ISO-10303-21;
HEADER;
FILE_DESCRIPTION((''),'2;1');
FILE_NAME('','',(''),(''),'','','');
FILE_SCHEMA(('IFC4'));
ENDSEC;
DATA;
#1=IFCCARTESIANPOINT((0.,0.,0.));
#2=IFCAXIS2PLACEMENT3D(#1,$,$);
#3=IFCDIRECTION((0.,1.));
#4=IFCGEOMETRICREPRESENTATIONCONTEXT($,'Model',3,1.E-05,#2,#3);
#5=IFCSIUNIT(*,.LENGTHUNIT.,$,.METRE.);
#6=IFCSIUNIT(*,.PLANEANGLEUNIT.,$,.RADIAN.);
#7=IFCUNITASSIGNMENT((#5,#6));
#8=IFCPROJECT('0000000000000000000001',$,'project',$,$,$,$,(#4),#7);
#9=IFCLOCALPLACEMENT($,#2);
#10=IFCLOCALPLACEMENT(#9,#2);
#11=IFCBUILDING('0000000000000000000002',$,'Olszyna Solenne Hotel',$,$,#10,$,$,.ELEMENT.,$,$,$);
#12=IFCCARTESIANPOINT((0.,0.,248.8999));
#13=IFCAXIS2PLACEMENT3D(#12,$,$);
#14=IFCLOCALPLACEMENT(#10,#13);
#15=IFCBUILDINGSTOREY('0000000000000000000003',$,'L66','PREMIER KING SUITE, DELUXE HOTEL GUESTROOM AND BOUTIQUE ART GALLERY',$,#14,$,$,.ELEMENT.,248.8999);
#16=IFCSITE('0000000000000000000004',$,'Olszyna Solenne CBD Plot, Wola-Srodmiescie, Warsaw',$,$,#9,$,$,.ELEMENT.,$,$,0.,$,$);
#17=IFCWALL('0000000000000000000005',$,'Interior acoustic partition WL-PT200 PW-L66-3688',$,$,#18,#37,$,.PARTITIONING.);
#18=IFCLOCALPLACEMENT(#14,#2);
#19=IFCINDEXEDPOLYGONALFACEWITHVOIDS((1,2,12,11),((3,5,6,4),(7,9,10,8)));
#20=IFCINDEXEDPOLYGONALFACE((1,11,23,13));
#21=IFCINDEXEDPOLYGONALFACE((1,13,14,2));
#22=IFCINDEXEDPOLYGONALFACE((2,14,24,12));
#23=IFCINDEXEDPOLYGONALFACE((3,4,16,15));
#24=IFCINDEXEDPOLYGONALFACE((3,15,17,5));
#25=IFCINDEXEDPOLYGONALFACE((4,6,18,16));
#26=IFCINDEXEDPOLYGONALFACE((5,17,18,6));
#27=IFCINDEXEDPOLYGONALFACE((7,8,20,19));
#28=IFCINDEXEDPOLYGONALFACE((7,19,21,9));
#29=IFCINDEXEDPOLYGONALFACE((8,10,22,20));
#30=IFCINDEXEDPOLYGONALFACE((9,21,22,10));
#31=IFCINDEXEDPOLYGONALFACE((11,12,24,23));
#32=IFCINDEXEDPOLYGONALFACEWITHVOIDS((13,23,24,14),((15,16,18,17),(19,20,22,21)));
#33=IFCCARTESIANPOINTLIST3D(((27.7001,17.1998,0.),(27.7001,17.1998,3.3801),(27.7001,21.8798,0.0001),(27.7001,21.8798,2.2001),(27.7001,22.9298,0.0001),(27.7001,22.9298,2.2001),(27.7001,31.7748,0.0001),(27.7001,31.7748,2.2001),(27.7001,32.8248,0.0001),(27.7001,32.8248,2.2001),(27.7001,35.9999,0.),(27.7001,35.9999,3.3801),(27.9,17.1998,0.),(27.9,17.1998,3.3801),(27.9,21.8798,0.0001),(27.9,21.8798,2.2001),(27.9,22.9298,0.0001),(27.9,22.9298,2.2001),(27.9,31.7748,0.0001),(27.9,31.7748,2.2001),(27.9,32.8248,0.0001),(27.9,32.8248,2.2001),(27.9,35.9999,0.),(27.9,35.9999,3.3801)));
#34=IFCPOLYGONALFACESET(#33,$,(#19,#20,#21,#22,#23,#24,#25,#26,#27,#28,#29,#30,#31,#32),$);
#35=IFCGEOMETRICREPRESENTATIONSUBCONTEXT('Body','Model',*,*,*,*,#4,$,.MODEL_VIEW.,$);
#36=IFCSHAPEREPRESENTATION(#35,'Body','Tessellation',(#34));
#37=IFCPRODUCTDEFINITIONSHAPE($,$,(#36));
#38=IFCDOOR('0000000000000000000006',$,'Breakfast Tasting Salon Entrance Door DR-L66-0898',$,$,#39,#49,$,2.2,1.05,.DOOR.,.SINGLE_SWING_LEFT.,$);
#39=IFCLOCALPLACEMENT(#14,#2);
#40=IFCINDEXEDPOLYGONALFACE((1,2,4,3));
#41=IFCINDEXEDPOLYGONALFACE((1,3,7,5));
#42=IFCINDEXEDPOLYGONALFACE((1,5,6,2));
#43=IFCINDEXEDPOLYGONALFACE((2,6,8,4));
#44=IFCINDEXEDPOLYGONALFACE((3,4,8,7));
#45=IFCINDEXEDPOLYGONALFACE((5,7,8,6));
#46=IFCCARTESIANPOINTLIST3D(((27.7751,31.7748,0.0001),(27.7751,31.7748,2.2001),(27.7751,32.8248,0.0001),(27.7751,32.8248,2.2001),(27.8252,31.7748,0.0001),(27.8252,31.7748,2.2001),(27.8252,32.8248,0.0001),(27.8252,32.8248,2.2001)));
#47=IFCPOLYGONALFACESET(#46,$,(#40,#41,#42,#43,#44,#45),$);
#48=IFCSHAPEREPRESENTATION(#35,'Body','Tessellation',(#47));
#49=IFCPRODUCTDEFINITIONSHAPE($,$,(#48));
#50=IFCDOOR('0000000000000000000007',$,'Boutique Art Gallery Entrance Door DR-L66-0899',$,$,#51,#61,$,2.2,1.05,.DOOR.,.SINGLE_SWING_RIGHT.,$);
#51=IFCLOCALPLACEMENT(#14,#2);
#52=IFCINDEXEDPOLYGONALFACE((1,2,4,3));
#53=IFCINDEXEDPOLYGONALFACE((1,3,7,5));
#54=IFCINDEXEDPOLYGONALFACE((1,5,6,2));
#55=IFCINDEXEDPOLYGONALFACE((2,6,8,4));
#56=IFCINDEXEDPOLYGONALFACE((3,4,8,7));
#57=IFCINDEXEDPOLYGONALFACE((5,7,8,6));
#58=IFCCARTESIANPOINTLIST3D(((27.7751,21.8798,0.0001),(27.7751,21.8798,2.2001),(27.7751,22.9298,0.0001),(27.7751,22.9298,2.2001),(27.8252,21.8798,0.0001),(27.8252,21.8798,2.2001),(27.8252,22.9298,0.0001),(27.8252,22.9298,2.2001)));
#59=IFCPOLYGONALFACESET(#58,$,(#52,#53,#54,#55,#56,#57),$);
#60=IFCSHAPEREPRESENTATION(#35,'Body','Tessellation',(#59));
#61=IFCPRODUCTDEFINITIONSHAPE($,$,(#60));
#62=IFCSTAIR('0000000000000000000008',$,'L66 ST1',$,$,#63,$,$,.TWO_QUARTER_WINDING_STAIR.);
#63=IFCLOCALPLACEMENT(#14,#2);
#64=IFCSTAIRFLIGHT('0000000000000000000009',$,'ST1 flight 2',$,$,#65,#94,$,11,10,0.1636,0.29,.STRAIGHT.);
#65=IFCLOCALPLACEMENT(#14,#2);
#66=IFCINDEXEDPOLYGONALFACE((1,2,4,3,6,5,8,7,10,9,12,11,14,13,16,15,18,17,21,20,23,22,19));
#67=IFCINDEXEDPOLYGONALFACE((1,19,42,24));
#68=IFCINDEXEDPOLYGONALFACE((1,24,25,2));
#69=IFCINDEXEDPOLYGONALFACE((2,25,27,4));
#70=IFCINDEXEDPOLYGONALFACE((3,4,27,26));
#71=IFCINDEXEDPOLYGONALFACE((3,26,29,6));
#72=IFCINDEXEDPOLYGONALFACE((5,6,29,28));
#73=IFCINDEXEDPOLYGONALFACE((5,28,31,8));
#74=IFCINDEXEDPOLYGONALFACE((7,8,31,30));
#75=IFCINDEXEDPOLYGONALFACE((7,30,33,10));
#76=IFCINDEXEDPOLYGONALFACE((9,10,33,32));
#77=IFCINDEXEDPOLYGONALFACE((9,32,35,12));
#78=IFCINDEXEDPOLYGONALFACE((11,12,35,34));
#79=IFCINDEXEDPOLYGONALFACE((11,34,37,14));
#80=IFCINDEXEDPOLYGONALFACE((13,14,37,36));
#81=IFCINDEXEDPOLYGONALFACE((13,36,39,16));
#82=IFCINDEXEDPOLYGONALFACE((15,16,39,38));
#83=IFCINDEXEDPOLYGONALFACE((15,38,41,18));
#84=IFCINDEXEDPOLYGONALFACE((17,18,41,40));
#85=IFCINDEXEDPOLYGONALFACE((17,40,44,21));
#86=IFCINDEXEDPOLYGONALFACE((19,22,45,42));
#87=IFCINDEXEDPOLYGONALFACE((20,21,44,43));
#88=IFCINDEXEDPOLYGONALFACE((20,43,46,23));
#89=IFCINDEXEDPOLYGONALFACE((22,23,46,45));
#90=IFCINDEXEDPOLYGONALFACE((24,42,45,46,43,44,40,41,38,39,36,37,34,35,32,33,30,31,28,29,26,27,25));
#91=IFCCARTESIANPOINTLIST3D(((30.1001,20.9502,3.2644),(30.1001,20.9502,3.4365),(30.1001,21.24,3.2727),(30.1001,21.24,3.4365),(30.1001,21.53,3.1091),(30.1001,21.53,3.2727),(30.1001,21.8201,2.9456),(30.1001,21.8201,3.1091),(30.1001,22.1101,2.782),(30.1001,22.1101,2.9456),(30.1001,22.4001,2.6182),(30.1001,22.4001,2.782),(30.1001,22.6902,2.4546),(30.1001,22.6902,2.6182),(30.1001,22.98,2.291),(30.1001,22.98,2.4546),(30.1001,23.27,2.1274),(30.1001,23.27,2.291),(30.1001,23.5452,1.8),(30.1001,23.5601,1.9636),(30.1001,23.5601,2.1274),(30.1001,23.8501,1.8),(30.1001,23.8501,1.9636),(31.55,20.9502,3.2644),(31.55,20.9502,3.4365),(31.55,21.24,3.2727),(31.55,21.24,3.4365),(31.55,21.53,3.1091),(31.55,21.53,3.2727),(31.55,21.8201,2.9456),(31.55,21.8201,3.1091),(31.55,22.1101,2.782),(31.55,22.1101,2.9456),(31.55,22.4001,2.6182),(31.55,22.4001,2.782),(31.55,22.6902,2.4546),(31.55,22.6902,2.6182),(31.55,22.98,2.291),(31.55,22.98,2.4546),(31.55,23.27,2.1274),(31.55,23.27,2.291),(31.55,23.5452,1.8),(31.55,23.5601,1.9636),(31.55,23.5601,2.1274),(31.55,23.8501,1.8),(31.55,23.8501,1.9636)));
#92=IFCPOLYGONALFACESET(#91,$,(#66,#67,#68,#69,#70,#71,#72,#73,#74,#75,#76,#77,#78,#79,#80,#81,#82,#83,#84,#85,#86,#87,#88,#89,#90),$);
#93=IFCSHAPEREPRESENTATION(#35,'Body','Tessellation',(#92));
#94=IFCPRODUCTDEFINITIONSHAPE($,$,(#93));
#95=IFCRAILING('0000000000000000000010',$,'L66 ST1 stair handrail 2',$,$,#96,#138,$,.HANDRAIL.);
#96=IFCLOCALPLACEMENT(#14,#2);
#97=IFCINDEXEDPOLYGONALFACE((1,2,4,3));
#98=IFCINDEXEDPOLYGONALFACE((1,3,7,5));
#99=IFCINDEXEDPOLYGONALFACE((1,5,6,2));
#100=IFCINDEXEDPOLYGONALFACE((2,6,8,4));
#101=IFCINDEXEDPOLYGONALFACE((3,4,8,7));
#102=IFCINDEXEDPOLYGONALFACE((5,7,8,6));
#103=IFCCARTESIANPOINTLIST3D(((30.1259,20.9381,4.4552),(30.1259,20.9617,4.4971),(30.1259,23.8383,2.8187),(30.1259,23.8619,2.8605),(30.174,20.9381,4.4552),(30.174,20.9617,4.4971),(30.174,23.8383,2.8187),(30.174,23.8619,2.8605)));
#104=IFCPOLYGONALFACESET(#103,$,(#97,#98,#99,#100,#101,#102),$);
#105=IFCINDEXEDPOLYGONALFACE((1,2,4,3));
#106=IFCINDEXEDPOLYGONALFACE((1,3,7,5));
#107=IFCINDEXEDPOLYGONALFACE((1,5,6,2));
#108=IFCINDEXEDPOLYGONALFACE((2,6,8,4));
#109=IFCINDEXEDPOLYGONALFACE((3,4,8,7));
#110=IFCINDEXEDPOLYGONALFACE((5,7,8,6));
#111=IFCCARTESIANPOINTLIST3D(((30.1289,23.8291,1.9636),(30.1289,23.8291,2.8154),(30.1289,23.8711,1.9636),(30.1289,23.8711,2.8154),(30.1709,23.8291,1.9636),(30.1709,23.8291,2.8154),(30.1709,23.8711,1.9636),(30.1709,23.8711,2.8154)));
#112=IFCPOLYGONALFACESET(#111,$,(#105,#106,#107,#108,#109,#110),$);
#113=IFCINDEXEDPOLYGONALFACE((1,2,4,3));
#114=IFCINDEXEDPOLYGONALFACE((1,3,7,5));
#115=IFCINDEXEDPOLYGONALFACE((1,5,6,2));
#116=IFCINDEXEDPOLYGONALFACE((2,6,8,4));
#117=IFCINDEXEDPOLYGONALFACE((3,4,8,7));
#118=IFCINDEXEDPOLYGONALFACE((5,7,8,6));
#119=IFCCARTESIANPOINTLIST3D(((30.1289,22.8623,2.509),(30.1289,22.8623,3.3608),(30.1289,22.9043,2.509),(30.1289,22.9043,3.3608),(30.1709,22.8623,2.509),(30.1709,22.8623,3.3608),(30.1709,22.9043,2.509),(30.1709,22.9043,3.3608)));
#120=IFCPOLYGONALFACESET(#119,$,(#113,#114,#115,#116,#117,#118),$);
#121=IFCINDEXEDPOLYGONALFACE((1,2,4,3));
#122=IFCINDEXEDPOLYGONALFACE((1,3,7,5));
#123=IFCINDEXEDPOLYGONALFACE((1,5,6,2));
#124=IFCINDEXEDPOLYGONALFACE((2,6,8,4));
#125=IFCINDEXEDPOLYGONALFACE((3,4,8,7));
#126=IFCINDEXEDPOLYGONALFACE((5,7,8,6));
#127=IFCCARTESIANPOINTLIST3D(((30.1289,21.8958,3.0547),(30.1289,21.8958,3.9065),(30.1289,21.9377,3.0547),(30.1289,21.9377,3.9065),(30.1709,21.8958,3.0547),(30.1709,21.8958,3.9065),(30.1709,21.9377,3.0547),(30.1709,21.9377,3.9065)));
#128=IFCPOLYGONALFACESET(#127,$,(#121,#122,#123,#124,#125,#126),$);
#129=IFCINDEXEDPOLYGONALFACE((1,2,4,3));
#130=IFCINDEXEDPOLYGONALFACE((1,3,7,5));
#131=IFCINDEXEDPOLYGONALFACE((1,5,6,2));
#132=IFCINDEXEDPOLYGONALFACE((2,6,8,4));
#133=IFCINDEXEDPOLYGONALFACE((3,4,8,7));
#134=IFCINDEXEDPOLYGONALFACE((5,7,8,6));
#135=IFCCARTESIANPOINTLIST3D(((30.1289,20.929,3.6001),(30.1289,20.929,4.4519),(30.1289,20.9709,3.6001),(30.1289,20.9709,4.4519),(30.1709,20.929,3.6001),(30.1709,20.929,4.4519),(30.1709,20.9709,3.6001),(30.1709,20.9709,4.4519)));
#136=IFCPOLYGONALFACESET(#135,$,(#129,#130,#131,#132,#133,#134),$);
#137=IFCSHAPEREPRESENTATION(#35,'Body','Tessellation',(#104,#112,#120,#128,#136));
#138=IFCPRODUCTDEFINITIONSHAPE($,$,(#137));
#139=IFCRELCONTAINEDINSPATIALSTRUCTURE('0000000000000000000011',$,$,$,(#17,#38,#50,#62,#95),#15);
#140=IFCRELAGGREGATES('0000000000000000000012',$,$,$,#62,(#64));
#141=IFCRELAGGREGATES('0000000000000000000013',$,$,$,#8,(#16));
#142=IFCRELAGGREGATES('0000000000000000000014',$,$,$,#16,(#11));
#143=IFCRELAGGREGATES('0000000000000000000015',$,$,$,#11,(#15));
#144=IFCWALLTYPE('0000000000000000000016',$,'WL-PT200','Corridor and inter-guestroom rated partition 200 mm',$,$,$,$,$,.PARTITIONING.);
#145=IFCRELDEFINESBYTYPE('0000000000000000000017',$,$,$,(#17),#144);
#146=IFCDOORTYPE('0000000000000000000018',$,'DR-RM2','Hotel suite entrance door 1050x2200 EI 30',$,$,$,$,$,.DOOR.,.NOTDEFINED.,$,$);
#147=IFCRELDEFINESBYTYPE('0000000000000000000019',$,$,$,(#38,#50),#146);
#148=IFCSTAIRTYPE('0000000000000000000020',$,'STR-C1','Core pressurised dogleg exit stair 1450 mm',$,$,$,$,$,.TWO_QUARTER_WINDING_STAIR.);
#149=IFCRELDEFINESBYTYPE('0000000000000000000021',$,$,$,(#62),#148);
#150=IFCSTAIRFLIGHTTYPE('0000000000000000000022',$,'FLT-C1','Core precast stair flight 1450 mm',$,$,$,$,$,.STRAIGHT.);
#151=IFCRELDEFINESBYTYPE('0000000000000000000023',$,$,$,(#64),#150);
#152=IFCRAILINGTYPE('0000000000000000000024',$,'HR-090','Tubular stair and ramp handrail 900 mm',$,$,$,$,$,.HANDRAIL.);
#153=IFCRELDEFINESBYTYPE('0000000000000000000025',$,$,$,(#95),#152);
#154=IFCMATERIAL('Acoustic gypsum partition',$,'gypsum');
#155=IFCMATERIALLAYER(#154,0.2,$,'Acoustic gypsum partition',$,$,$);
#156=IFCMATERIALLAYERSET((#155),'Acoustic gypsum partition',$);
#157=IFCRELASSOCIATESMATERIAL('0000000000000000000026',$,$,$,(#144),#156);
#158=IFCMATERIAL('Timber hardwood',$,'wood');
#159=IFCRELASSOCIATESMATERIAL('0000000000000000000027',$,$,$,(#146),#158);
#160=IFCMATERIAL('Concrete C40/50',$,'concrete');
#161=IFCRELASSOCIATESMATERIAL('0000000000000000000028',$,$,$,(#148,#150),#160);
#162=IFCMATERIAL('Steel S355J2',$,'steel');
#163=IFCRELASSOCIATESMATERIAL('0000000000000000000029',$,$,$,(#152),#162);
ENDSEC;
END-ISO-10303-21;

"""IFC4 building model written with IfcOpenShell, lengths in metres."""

from ifc_helpers import new_model, si_unit, direction, frame, frame_2d, origin, origin_2d, place, context, subcontext, project, spatial, polyline, rectangle, outline, extrude, source, transform, mapped, material, layer, layer_set, type_object, type_shapes, element, fill, aggregate, save


model = new_model("IFC4")

# Units and contexts
model_context = context("Model", 3, precision=1e-05, world=origin(), true_north=direction((0.0, 1.0)))
body_context = subcontext(model_context, "Body", "Model", "MODEL_VIEW")
ifc_project = project(units=[si_unit("LENGTHUNIT", "METRE"), si_unit("PLANEANGLEUNIT", "RADIAN")], contexts=[model_context])

# Site, building, storey
site_placement = place(None, origin())
site = spatial("IfcSite", under=ifc_project, at=site_placement, Name="Olszyna Solenne CBD Plot, Wola-Srodmiescie, Warsaw", CompositionType="ELEMENT", RefElevation=0.0)
building_placement = place(site_placement, origin())
building = spatial("IfcBuilding", under=site, at=building_placement, Name="Olszyna Solenne Hotel", CompositionType="ELEMENT")
storey_placement = place(building_placement, frame((0.0, 0.0, 248.8999)))
storey = spatial("IfcBuildingStorey", under=building, at=storey_placement, Name="L66", Description="PREMIER KING SUITE, DELUXE HOTEL GUESTROOM AND BOUTIQUE ART GALLERY", CompositionType="ELEMENT", Elevation=248.8999)

# Shared definitions
ifc_material_1 = material(Name="Steel S355J2", Category="steel")

# Shared definitions
ifc_material_2 = material(Name="Timber hardwood", Category="wood")

# Shared definitions
ifc_material_3 = material(Name="Acoustic gypsum partition", Category="gypsum")

# Shared definitions
ifc_layer_1 = layer(ifc_material_3, 0.2, Name="Acoustic gypsum partition")
ifc_layer_set_1 = layer_set([ifc_layer_1], Name="Acoustic gypsum partition")
wall_type_1 = type_object("IfcWallType", Name="WL-PT200", Description="Corridor and inter-guestroom rated partition 200 mm", PredefinedType="PARTITIONING", material=ifc_layer_set_1)

# Wall, openings, doors
door_type_1 = type_object("IfcDoorType", Name="DR-RM2", Description="Hotel suite entrance door 1050x2200 EI 30", OperationType="NOTDEFINED", PredefinedType="DOOR", material=ifc_material_2)
shared_shape_1 = source(origin(), body_context, "Body", "SweptSolid", [
    extrude(rectangle(XDim=1.05, YDim=2.2, at=frame_2d((0.5249, 1.1001))), frame((0.0, 0.0249, 0.0), z_axis=(0.0, -1.0, 0.0), x_axis=(1.0, 0.0, 0.0)), (0.0, 0.0, 1.0), 0.05),
])
type_shapes(door_type_1, [shared_shape_1])
wall_1_placement = place(storey_placement, frame((27.8, 17.2, 0.0), z_axis=(0.0, 0.0, 1.0), x_axis=(0.0, 1.0, 0.0)))
wall_1 = element("IfcWall", 1, at=wall_1_placement, inside=storey, type_object=wall_type_1, Name="Interior acoustic partition WL-PT200 PW-L66-3688", PredefinedType="PARTITIONING", context=body_context, shape_type="SweptSolid", body=[
    extrude(rectangle(XDim=18.8, YDim=0.2, at=frame_2d((9.3999, 0.0))), origin(), (0.0, 0.0, 1.0), 3.3801),
])
opening_1_placement = place(wall_1_placement, frame((14.575, 0.0, 0.0)))
opening_1 = element("IfcOpeningElement", 2, at=opening_1_placement, cuts=wall_1, PredefinedType="OPENING", context=body_context, shape_type="SweptSolid", body=[
    extrude(rectangle(XDim=1.05, YDim=2.2, at=frame_2d((0.5249, 1.1001))), frame((0.0, 0.1099, 0.0), z_axis=(0.0, -1.0, 0.0), x_axis=(1.0, 0.0, 0.0)), (0.0, 0.0, 1.0), 0.22),
])
opening_2_placement = place(wall_1_placement, frame((4.6799, 0.0, 0.0)))
opening_2 = element("IfcOpeningElement", 3, at=opening_2_placement, cuts=wall_1, PredefinedType="OPENING", context=body_context, shape_type="SweptSolid", body=[
    extrude(rectangle(XDim=1.05, YDim=2.2, at=frame_2d((0.5249, 1.1001))), frame((0.0, 0.1099, 0.0), z_axis=(0.0, -1.0, 0.0), x_axis=(1.0, 0.0, 0.0)), (0.0, 0.0, 1.0), 0.22),
])
door_1_placement = place(opening_1_placement, origin())
door_1 = element("IfcDoor", 4, at=door_1_placement, inside=storey, type_object=door_type_1, Name="Breakfast Tasting Salon Entrance Door DR-L66-0898", OperationType="SINGLE_SWING_LEFT", OverallHeight=2.2, OverallWidth=1.05, PredefinedType="DOOR", context=body_context, shape_type="MappedRepresentation", body=[
    mapped(shared_shape_1, transform((0.0, 0.0, 0.0), x_axis=(1.0, 0.0, 0.0), y_axis=(0.0, 1.0, 0.0), z_axis=(0.0, 0.0, 1.0), scale=1.0)),
])
fill(opening_1, door_1)
door_2_placement = place(opening_2_placement, origin())
door_2 = element("IfcDoor", 5, at=door_2_placement, inside=storey, type_object=door_type_1, Name="Boutique Art Gallery Entrance Door DR-L66-0899", OperationType="SINGLE_SWING_RIGHT", OverallHeight=2.2, OverallWidth=1.05, PredefinedType="DOOR", context=body_context, shape_type="MappedRepresentation", body=[
    mapped(shared_shape_1, transform((0.0, 0.0, 0.0), x_axis=(1.0, 0.0, 0.0), y_axis=(0.0, 1.0, 0.0), z_axis=(0.0, 0.0, 1.0), scale=1.0)),
])
fill(opening_2, door_2)

# Stair, stair flight
ifc_material_4 = material(Name="Concrete C40/50", Category="concrete")
stair_type = type_object("IfcStairType", Name="STR-C1", Description="Core pressurised dogleg exit stair 1450 mm", PredefinedType="TWO_QUARTER_WINDING_STAIR", material=ifc_material_4)
stair_placement = place(storey_placement, origin())
stair = element("IfcStair", 6, at=stair_placement, inside=storey, type_object=stair_type, Name="L66 ST1", PredefinedType="TWO_QUARTER_WINDING_STAIR")
stair_flight_type = type_object("IfcStairFlightType", Name="FLT-C1", Description="Core precast stair flight 1450 mm", PredefinedType="STRAIGHT", material=ifc_material_4)
stair_flight_placement = place(storey_placement, frame((30.825, 23.8501, 1.8), z_axis=(0.0, 0.0, 1.0), x_axis=(0.0, -1.0, 0.0)))
stair_flight = element("IfcStairFlight", 7, at=stair_flight_placement, type_object=stair_flight_type, Name="ST1 flight 2", NumberOfRisers=11, NumberOfTreads=10, PredefinedType="STRAIGHT", RiserHeight=0.1636, TreadLength=0.29, context=body_context, shape_type="SweptSolid", body=[
    extrude(outline(polyline([(0.0, 0.0), (0.0, 0.1636), (0.29, 0.1636), (0.29, 0.3274), (0.5801, 0.3274), (0.5801, 0.491), (0.8701, 0.491), (0.8701, 0.6545), (1.1599, 0.6545), (1.1599, 0.8181), (1.45, 0.8181), (1.45, 0.9819), (1.74, 0.9819), (1.74, 1.1455), (2.03, 1.1455), (2.03, 1.3091), (2.3201, 1.3091), (2.3201, 1.4727), (2.6101, 1.4727), (2.6101, 1.6365), (2.8999, 1.6365), (2.8999, 1.8), (2.8999, 1.4644), (0.3049, 0.0), (0.0, 0.0)])), frame((0.0, 0.7251, 0.0), z_axis=(0.0, -1.0, 0.0), x_axis=(1.0, 0.0, 0.0)), (0.0, 0.0, 1.0), 1.45),
])
aggregate(stair, [stair_flight])

# Railing
railing_type = type_object("IfcRailingType", Name="HR-090", Description="Tubular stair and ramp handrail 900 mm", PredefinedType="HANDRAIL", material=ifc_material_1)
railing_placement = place(storey_placement, frame((30.1499, 23.8501, 1.9636)))
element("IfcRailing", 8, at=railing_placement, inside=storey, type_object=railing_type, Name="L66 ST1 stair handrail 2", PredefinedType="HANDRAIL", context=body_context, shape_type="SweptSolid", body=[
    extrude(rectangle(XDim=0.0481, YDim=0.0481, at=origin_2d()), frame((0.0, 0.0, 0.876), z_axis=(0.0, -0.870915, 0.491434), x_axis=(1.0, 0.0, 0.0)), (0.0, 0.0, 1.0), 3.3301),
    extrude(rectangle(XDim=0.042, YDim=0.042, at=origin_2d()), origin(), (0.0, 0.0, 1.0), 0.8518),
    extrude(rectangle(XDim=0.042, YDim=0.042, at=origin_2d()), frame((0.0, -0.9668, 0.5454)), (0.0, 0.0, 1.0), 0.8518),
    extrude(rectangle(XDim=0.042, YDim=0.042, at=origin_2d()), frame((0.0, -1.9333, 1.0911)), (0.0, 0.0, 1.0), 0.8518),
    extrude(rectangle(XDim=0.042, YDim=0.042, at=origin_2d()), frame((0.0, -2.9001, 1.6365)), (0.0, 0.0, 1.0), 0.8518),
])

save(model, "model.ifc")
